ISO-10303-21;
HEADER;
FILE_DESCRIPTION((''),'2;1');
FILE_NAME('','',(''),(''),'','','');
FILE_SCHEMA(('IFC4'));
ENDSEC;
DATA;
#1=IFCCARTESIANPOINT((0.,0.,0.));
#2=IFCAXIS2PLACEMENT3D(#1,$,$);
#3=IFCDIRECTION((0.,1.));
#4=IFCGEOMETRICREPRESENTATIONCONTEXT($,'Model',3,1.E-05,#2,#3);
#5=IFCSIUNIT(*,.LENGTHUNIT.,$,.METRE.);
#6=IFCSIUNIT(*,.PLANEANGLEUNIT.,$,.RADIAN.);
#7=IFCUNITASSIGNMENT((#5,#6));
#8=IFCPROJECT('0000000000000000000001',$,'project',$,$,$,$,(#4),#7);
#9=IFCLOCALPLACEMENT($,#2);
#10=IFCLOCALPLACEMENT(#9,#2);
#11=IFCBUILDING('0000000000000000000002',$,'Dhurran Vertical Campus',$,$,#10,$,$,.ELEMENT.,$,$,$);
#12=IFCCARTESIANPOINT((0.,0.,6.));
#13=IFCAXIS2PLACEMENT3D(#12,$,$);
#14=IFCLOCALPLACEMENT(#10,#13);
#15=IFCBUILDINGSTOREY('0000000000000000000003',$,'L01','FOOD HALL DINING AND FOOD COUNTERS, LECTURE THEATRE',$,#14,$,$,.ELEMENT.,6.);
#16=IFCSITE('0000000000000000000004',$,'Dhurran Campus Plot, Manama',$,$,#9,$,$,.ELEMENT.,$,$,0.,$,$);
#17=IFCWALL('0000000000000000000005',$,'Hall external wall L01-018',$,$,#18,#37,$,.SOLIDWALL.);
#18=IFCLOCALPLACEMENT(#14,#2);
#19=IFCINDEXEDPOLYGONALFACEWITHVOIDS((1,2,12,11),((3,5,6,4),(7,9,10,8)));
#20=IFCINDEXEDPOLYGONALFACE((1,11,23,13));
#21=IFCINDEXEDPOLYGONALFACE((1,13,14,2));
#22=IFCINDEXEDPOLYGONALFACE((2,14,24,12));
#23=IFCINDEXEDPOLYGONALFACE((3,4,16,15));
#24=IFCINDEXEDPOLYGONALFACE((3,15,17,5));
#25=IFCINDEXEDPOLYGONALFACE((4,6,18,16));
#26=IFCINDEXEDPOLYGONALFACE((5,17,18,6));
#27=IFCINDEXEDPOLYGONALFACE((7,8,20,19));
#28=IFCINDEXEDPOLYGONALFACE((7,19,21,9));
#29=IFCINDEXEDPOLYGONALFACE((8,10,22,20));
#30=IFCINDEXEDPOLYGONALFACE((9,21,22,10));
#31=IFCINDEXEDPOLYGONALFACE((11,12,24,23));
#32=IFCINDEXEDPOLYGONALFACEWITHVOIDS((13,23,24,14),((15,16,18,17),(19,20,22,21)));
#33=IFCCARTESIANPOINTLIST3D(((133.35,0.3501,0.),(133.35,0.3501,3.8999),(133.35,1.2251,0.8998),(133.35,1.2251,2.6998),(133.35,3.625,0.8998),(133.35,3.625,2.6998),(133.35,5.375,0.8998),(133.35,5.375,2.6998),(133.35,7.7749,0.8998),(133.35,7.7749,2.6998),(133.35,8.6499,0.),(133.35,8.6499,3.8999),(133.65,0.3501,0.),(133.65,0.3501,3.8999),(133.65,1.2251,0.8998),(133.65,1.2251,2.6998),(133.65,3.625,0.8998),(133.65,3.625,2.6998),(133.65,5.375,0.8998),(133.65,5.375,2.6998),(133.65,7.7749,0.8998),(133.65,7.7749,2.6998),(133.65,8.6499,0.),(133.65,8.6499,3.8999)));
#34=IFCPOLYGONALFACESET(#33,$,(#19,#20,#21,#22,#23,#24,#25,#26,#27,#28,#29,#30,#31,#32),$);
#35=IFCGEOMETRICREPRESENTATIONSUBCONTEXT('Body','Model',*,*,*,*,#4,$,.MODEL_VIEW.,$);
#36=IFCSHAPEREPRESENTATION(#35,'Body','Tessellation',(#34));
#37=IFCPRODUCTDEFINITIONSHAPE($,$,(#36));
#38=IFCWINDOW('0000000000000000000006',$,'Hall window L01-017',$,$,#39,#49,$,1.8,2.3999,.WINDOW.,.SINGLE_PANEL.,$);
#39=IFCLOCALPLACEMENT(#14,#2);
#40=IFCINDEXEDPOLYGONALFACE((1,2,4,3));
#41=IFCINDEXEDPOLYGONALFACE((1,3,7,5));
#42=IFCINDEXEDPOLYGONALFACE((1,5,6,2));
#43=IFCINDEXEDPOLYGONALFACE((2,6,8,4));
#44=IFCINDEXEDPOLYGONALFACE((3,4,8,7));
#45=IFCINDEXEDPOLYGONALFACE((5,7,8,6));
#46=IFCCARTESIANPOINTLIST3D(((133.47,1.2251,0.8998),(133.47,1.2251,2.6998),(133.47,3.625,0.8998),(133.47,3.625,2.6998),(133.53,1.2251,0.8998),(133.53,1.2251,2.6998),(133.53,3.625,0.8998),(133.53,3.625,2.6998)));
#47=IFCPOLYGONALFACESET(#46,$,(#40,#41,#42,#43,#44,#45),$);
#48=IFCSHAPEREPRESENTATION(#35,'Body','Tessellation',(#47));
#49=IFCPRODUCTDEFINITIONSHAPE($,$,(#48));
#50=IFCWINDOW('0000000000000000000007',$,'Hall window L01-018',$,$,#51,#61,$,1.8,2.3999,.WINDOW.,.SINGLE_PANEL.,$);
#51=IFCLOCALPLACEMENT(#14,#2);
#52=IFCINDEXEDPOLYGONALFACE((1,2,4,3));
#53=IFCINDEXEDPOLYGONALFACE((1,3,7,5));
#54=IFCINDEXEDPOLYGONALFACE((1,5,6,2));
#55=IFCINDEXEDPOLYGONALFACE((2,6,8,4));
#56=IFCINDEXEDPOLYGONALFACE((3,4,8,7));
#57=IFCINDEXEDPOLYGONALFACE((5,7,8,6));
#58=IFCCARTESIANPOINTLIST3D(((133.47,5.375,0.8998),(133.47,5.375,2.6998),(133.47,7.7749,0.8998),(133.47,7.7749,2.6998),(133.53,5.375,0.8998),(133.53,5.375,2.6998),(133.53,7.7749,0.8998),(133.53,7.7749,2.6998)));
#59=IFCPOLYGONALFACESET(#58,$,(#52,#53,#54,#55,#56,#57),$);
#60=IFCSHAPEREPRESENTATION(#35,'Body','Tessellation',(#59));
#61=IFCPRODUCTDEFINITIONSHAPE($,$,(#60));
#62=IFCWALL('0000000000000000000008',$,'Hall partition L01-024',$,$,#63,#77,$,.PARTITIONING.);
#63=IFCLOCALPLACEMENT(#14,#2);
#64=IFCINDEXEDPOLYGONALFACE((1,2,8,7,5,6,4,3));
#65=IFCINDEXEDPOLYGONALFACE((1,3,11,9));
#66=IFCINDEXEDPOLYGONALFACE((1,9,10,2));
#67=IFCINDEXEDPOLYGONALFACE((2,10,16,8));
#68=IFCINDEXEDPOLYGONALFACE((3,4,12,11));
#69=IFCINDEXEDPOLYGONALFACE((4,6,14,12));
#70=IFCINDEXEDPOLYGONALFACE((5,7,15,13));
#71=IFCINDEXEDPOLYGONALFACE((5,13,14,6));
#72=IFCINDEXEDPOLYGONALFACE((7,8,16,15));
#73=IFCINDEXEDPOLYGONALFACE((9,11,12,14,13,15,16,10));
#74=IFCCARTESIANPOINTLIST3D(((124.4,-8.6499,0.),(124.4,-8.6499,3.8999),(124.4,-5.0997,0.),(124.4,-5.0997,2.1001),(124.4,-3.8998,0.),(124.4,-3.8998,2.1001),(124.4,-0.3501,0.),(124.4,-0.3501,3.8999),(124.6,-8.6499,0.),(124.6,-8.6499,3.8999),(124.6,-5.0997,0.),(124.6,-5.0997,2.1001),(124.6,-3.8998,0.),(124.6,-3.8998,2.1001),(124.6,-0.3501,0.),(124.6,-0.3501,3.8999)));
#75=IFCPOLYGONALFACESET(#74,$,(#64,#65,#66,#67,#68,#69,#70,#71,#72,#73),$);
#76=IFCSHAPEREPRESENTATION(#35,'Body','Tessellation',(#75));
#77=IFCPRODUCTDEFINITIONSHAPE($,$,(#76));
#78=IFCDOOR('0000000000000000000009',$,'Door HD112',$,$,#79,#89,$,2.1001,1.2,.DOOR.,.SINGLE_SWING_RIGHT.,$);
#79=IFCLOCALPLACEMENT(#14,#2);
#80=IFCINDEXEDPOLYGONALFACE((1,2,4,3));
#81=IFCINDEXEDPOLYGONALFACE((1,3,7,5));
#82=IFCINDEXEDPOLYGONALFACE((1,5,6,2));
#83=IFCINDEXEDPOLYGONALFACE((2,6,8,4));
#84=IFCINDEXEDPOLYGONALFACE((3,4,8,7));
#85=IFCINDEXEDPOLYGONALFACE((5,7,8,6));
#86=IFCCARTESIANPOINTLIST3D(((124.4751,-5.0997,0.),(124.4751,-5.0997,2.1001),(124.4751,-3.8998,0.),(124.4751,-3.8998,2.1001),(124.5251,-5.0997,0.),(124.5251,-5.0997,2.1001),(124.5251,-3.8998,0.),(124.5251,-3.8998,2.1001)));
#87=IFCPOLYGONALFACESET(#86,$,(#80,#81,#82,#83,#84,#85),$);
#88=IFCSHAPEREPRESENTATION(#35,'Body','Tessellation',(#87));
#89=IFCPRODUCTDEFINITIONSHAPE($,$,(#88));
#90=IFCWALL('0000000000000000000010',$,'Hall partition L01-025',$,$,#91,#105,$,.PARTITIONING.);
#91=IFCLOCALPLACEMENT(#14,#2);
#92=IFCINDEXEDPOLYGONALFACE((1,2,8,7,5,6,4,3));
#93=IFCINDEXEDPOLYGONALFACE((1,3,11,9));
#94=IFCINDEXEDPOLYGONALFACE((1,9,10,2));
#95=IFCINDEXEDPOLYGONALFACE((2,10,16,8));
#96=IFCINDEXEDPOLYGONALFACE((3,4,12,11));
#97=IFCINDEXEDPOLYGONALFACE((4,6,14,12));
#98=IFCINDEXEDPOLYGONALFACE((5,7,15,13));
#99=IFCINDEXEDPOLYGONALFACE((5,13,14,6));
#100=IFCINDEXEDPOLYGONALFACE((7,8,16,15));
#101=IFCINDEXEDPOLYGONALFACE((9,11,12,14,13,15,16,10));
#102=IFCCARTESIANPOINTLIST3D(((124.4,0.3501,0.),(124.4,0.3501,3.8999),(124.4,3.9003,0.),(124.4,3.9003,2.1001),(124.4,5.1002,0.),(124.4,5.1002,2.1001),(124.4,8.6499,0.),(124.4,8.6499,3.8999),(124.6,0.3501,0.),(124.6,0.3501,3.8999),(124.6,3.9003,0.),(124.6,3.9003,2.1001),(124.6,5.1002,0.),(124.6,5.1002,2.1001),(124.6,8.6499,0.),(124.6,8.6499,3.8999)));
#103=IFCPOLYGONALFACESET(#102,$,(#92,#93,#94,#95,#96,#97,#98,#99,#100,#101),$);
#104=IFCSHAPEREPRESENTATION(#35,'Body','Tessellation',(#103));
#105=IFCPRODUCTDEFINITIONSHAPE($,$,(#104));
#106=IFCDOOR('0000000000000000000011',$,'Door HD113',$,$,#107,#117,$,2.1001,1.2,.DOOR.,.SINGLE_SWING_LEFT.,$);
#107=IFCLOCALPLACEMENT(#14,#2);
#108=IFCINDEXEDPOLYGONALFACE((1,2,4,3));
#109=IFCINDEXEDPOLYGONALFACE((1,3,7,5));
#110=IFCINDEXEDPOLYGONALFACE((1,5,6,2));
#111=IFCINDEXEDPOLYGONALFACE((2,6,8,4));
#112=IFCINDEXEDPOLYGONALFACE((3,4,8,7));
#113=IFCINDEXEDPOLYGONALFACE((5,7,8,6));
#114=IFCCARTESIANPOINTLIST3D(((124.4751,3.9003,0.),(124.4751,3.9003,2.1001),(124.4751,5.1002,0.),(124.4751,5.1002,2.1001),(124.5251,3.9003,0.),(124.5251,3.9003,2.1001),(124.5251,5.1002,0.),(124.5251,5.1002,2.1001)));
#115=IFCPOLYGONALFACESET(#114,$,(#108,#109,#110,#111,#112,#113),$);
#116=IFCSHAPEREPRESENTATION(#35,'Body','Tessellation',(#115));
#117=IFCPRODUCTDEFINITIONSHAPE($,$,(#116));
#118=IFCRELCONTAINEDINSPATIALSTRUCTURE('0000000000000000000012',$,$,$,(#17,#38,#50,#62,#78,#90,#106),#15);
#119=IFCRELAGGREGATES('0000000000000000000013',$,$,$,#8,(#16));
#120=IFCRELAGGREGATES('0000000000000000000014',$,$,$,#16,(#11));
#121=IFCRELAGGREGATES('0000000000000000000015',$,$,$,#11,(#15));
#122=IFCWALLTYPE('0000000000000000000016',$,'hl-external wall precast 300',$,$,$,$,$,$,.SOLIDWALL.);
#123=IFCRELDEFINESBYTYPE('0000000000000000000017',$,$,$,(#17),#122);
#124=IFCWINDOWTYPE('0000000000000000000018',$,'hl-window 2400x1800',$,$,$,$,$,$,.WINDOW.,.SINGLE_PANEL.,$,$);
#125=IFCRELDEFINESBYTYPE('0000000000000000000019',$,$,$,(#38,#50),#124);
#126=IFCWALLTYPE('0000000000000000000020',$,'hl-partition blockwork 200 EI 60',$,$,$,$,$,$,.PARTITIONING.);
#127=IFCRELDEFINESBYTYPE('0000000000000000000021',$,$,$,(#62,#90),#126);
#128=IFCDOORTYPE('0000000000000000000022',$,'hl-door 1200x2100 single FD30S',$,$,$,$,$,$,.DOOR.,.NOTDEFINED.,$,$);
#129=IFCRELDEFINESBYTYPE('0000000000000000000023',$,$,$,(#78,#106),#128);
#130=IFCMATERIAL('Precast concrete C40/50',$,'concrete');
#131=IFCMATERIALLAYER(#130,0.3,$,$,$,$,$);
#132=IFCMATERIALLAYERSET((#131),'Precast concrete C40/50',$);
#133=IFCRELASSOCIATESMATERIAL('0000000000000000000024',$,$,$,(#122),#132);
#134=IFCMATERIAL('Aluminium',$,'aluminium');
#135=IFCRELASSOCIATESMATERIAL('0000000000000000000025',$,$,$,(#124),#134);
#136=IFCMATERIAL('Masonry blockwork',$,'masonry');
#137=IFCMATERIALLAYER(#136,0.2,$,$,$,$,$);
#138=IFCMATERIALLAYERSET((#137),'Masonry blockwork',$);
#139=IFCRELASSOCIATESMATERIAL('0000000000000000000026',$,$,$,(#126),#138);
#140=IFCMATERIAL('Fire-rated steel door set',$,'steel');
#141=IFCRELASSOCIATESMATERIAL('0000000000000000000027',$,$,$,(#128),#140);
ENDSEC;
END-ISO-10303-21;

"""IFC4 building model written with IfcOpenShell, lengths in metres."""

from ifc_helpers import new_model, si_unit, direction, frame, frame_2d, origin, place, context, subcontext, project, spatial, rectangle, extrude, material, layer, layer_set, type_object, element, fill, save


model = new_model("IFC4")

# Units and contexts
model_context = context("Model", 3, precision=1e-05, world=origin(), true_north=direction((0.0, 1.0)))
body_context = subcontext(model_context, "Body", "Model", "MODEL_VIEW")
ifc_project = project(units=[si_unit("LENGTHUNIT", "METRE"), si_unit("PLANEANGLEUNIT", "RADIAN")], contexts=[model_context])

# Site, building, storey
site_placement = place(None, origin())
site = spatial("IfcSite", under=ifc_project, at=site_placement, Name="Dhurran Campus Plot, Manama", CompositionType="ELEMENT", RefElevation=0.0)
building_placement = place(site_placement, origin())
building = spatial("IfcBuilding", under=site, at=building_placement, Name="Dhurran Vertical Campus", CompositionType="ELEMENT")
storey_placement = place(building_placement, frame((0.0, 0.0, 6.0)))
storey = spatial("IfcBuildingStorey", under=building, at=storey_placement, Name="L01", Description="FOOD HALL DINING AND FOOD COUNTERS, LECTURE THEATRE", CompositionType="ELEMENT", Elevation=6.0)

# Wall, openings, windows
ifc_material_1 = material(Name="Precast concrete C40/50", Category="concrete")
ifc_layer_1 = layer(ifc_material_1, 0.3)
ifc_layer_set_1 = layer_set([ifc_layer_1], Name="Precast concrete C40/50")
wall_type_1 = type_object("IfcWallType", Name="hl-external wall precast 300", PredefinedType="SOLIDWALL", material=ifc_layer_set_1)
ifc_material_2 = material(Name="Aluminium", Category="aluminium")
window_type = type_object("IfcWindowType", Name="hl-window 2400x1800", PartitioningType="SINGLE_PANEL", PredefinedType="WINDOW", material=ifc_material_2)
wall_1_placement = place(storey_placement, frame((133.5, 0.3501, 0.0), z_axis=(0.0, 0.0, 1.0), x_axis=(0.0, 1.0, 0.0)))
wall_1 = element("IfcWall", 1, at=wall_1_placement, inside=storey, type_object=wall_type_1, Name="Hall external wall L01-018", PredefinedType="SOLIDWALL", context=body_context, shape_type="SweptSolid", body=[
    extrude(rectangle(XDim=8.2998, YDim=0.3, at=frame_2d((4.1499, 0.0))), origin(), (0.0, 0.0, 1.0), 3.8999),
])
opening_1_placement = place(wall_1_placement, frame((0.875, 0.0, 0.8999)))
opening_1 = element("IfcOpeningElement", 2, at=opening_1_placement, cuts=wall_1, PredefinedType="OPENING", context=body_context, shape_type="SweptSolid", body=[
    extrude(rectangle(XDim=2.3999, YDim=1.8, at=frame_2d((1.2, 0.8999))), frame((0.0, 0.1599, 0.0), z_axis=(0.0, -1.0, 0.0), x_axis=(1.0, 0.0, 0.0)), (0.0, 0.0, 1.0), 0.3201),
])
opening_2_placement = place(wall_1_placement, frame((5.0249, 0.0, 0.8999)))
opening_2 = element("IfcOpeningElement", 3, at=opening_2_placement, cuts=wall_1, PredefinedType="OPENING", context=body_context, shape_type="SweptSolid", body=[
    extrude(rectangle(XDim=2.3999, YDim=1.8, at=frame_2d((1.2, 0.8999))), frame((0.0, 0.1599, 0.0), z_axis=(0.0, -1.0, 0.0), x_axis=(1.0, 0.0, 0.0)), (0.0, 0.0, 1.0), 0.3201),
])
window_1_placement = place(opening_1_placement, origin())
window_1 = element("IfcWindow", 4, at=window_1_placement, inside=storey, type_object=window_type, Name="Hall window L01-017", OverallHeight=1.8, OverallWidth=2.3999, PartitioningType="SINGLE_PANEL", PredefinedType="WINDOW", context=body_context, shape_type="SweptSolid", body=[
    extrude(rectangle(XDim=2.3999, YDim=1.8, at=frame_2d((1.2, 0.8999))), frame((0.0, 0.03, 0.0), z_axis=(0.0, -1.0, 0.0), x_axis=(1.0, 0.0, 0.0)), (0.0, 0.0, 1.0), 0.0601),
])
fill(opening_1, window_1)
window_2_placement = place(opening_2_placement, origin())
window_2 = element("IfcWindow", 5, at=window_2_placement, inside=storey, type_object=window_type, Name="Hall window L01-018", OverallHeight=1.8, OverallWidth=2.3999, PartitioningType="SINGLE_PANEL", PredefinedType="WINDOW", context=body_context, shape_type="SweptSolid", body=[
    extrude(rectangle(XDim=2.3999, YDim=1.8, at=frame_2d((1.2, 0.8999))), frame((0.0, 0.03, 0.0), z_axis=(0.0, -1.0, 0.0), x_axis=(1.0, 0.0, 0.0)), (0.0, 0.0, 1.0), 0.0601),
])
fill(opening_2, window_2)

# Walls, openings, doors
ifc_material_3 = material(Name="Masonry blockwork", Category="masonry")
ifc_layer_2 = layer(ifc_material_3, 0.2)
ifc_layer_set_2 = layer_set([ifc_layer_2], Name="Masonry blockwork")
wall_type_2 = type_object("IfcWallType", Name="hl-partition blockwork 200 EI 60", PredefinedType="PARTITIONING", material=ifc_layer_set_2)
wall_2_placement = place(storey_placement, frame((124.5, -8.6499, 0.0), z_axis=(0.0, 0.0, 1.0), x_axis=(0.0, 1.0, 0.0)))
wall_2 = element("IfcWall", 6, at=wall_2_placement, inside=storey, type_object=wall_type_2, Name="Hall partition L01-024", PredefinedType="PARTITIONING", context=body_context, shape_type="SweptSolid", body=[
    extrude(rectangle(XDim=8.2998, YDim=0.2, at=frame_2d((4.1499, 0.0))), origin(), (0.0, 0.0, 1.0), 3.8999),
])
opening_3_placement = place(wall_2_placement, frame((3.55, 0.0, 0.0)))
opening_3 = element("IfcOpeningElement", 7, at=opening_3_placement, cuts=wall_2, PredefinedType="OPENING", context=body_context, shape_type="SweptSolid", body=[
    extrude(rectangle(XDim=1.2, YDim=2.1001, at=frame_2d((0.6001, 1.05))), frame((0.0, 0.1099, 0.0), z_axis=(0.0, -1.0, 0.0), x_axis=(1.0, 0.0, 0.0)), (0.0, 0.0, 1.0), 0.22),
])
ifc_material_4 = material(Name="Fire-rated steel door set", Category="steel")
door_type = type_object("IfcDoorType", Name="hl-door 1200x2100 single FD30S", OperationType="NOTDEFINED", PredefinedType="DOOR", material=ifc_material_4)
door_1_placement = place(opening_3_placement, origin())
door_1 = element("IfcDoor", 8, at=door_1_placement, inside=storey, type_object=door_type, Name="Door HD112", OperationType="SINGLE_SWING_RIGHT", OverallHeight=2.1001, OverallWidth=1.2, PredefinedType="DOOR", context=body_context, shape_type="SweptSolid", body=[
    extrude(rectangle(XDim=1.2, YDim=2.1001, at=frame_2d((0.6001, 1.05))), frame((0.0, 0.0249, 0.0), z_axis=(0.0, -1.0, 0.0), x_axis=(1.0, 0.0, 0.0)), (0.0, 0.0, 1.0), 0.05),
])
fill(opening_3, door_1)
wall_3_placement = place(storey_placement, frame((124.5, 0.3501, 0.0), z_axis=(0.0, 0.0, 1.0), x_axis=(0.0, 1.0, 0.0)))
wall_3 = element("IfcWall", 9, at=wall_3_placement, inside=storey, type_object=wall_type_2, Name="Hall partition L01-025", PredefinedType="PARTITIONING", context=body_context, shape_type="SweptSolid", body=[
    extrude(rectangle(XDim=8.2998, YDim=0.2, at=frame_2d((4.1499, 0.0))), origin(), (0.0, 0.0, 1.0), 3.8999),
])
opening_4_placement = place(wall_3_placement, frame((3.55, 0.0, 0.0)))
opening_4 = element("IfcOpeningElement", 10, at=opening_4_placement, cuts=wall_3, PredefinedType="OPENING", context=body_context, shape_type="SweptSolid", body=[
    extrude(rectangle(XDim=1.2, YDim=2.1001, at=frame_2d((0.6001, 1.05))), frame((0.0, 0.1099, 0.0), z_axis=(0.0, -1.0, 0.0), x_axis=(1.0, 0.0, 0.0)), (0.0, 0.0, 1.0), 0.22),
])
door_2_placement = place(opening_4_placement, origin())
door_2 = element("IfcDoor", 11, at=door_2_placement, inside=storey, type_object=door_type, Name="Door HD113", OperationType="SINGLE_SWING_LEFT", OverallHeight=2.1001, OverallWidth=1.2, PredefinedType="DOOR", context=body_context, shape_type="SweptSolid", body=[
    extrude(rectangle(XDim=1.2, YDim=2.1001, at=frame_2d((0.6001, 1.05))), frame((0.0, 0.0249, 0.0), z_axis=(0.0, -1.0, 0.0), x_axis=(1.0, 0.0, 0.0)), (0.0, 0.0, 1.0), 0.05),
])
fill(opening_4, door_2)

save(model, "model.ifc")
